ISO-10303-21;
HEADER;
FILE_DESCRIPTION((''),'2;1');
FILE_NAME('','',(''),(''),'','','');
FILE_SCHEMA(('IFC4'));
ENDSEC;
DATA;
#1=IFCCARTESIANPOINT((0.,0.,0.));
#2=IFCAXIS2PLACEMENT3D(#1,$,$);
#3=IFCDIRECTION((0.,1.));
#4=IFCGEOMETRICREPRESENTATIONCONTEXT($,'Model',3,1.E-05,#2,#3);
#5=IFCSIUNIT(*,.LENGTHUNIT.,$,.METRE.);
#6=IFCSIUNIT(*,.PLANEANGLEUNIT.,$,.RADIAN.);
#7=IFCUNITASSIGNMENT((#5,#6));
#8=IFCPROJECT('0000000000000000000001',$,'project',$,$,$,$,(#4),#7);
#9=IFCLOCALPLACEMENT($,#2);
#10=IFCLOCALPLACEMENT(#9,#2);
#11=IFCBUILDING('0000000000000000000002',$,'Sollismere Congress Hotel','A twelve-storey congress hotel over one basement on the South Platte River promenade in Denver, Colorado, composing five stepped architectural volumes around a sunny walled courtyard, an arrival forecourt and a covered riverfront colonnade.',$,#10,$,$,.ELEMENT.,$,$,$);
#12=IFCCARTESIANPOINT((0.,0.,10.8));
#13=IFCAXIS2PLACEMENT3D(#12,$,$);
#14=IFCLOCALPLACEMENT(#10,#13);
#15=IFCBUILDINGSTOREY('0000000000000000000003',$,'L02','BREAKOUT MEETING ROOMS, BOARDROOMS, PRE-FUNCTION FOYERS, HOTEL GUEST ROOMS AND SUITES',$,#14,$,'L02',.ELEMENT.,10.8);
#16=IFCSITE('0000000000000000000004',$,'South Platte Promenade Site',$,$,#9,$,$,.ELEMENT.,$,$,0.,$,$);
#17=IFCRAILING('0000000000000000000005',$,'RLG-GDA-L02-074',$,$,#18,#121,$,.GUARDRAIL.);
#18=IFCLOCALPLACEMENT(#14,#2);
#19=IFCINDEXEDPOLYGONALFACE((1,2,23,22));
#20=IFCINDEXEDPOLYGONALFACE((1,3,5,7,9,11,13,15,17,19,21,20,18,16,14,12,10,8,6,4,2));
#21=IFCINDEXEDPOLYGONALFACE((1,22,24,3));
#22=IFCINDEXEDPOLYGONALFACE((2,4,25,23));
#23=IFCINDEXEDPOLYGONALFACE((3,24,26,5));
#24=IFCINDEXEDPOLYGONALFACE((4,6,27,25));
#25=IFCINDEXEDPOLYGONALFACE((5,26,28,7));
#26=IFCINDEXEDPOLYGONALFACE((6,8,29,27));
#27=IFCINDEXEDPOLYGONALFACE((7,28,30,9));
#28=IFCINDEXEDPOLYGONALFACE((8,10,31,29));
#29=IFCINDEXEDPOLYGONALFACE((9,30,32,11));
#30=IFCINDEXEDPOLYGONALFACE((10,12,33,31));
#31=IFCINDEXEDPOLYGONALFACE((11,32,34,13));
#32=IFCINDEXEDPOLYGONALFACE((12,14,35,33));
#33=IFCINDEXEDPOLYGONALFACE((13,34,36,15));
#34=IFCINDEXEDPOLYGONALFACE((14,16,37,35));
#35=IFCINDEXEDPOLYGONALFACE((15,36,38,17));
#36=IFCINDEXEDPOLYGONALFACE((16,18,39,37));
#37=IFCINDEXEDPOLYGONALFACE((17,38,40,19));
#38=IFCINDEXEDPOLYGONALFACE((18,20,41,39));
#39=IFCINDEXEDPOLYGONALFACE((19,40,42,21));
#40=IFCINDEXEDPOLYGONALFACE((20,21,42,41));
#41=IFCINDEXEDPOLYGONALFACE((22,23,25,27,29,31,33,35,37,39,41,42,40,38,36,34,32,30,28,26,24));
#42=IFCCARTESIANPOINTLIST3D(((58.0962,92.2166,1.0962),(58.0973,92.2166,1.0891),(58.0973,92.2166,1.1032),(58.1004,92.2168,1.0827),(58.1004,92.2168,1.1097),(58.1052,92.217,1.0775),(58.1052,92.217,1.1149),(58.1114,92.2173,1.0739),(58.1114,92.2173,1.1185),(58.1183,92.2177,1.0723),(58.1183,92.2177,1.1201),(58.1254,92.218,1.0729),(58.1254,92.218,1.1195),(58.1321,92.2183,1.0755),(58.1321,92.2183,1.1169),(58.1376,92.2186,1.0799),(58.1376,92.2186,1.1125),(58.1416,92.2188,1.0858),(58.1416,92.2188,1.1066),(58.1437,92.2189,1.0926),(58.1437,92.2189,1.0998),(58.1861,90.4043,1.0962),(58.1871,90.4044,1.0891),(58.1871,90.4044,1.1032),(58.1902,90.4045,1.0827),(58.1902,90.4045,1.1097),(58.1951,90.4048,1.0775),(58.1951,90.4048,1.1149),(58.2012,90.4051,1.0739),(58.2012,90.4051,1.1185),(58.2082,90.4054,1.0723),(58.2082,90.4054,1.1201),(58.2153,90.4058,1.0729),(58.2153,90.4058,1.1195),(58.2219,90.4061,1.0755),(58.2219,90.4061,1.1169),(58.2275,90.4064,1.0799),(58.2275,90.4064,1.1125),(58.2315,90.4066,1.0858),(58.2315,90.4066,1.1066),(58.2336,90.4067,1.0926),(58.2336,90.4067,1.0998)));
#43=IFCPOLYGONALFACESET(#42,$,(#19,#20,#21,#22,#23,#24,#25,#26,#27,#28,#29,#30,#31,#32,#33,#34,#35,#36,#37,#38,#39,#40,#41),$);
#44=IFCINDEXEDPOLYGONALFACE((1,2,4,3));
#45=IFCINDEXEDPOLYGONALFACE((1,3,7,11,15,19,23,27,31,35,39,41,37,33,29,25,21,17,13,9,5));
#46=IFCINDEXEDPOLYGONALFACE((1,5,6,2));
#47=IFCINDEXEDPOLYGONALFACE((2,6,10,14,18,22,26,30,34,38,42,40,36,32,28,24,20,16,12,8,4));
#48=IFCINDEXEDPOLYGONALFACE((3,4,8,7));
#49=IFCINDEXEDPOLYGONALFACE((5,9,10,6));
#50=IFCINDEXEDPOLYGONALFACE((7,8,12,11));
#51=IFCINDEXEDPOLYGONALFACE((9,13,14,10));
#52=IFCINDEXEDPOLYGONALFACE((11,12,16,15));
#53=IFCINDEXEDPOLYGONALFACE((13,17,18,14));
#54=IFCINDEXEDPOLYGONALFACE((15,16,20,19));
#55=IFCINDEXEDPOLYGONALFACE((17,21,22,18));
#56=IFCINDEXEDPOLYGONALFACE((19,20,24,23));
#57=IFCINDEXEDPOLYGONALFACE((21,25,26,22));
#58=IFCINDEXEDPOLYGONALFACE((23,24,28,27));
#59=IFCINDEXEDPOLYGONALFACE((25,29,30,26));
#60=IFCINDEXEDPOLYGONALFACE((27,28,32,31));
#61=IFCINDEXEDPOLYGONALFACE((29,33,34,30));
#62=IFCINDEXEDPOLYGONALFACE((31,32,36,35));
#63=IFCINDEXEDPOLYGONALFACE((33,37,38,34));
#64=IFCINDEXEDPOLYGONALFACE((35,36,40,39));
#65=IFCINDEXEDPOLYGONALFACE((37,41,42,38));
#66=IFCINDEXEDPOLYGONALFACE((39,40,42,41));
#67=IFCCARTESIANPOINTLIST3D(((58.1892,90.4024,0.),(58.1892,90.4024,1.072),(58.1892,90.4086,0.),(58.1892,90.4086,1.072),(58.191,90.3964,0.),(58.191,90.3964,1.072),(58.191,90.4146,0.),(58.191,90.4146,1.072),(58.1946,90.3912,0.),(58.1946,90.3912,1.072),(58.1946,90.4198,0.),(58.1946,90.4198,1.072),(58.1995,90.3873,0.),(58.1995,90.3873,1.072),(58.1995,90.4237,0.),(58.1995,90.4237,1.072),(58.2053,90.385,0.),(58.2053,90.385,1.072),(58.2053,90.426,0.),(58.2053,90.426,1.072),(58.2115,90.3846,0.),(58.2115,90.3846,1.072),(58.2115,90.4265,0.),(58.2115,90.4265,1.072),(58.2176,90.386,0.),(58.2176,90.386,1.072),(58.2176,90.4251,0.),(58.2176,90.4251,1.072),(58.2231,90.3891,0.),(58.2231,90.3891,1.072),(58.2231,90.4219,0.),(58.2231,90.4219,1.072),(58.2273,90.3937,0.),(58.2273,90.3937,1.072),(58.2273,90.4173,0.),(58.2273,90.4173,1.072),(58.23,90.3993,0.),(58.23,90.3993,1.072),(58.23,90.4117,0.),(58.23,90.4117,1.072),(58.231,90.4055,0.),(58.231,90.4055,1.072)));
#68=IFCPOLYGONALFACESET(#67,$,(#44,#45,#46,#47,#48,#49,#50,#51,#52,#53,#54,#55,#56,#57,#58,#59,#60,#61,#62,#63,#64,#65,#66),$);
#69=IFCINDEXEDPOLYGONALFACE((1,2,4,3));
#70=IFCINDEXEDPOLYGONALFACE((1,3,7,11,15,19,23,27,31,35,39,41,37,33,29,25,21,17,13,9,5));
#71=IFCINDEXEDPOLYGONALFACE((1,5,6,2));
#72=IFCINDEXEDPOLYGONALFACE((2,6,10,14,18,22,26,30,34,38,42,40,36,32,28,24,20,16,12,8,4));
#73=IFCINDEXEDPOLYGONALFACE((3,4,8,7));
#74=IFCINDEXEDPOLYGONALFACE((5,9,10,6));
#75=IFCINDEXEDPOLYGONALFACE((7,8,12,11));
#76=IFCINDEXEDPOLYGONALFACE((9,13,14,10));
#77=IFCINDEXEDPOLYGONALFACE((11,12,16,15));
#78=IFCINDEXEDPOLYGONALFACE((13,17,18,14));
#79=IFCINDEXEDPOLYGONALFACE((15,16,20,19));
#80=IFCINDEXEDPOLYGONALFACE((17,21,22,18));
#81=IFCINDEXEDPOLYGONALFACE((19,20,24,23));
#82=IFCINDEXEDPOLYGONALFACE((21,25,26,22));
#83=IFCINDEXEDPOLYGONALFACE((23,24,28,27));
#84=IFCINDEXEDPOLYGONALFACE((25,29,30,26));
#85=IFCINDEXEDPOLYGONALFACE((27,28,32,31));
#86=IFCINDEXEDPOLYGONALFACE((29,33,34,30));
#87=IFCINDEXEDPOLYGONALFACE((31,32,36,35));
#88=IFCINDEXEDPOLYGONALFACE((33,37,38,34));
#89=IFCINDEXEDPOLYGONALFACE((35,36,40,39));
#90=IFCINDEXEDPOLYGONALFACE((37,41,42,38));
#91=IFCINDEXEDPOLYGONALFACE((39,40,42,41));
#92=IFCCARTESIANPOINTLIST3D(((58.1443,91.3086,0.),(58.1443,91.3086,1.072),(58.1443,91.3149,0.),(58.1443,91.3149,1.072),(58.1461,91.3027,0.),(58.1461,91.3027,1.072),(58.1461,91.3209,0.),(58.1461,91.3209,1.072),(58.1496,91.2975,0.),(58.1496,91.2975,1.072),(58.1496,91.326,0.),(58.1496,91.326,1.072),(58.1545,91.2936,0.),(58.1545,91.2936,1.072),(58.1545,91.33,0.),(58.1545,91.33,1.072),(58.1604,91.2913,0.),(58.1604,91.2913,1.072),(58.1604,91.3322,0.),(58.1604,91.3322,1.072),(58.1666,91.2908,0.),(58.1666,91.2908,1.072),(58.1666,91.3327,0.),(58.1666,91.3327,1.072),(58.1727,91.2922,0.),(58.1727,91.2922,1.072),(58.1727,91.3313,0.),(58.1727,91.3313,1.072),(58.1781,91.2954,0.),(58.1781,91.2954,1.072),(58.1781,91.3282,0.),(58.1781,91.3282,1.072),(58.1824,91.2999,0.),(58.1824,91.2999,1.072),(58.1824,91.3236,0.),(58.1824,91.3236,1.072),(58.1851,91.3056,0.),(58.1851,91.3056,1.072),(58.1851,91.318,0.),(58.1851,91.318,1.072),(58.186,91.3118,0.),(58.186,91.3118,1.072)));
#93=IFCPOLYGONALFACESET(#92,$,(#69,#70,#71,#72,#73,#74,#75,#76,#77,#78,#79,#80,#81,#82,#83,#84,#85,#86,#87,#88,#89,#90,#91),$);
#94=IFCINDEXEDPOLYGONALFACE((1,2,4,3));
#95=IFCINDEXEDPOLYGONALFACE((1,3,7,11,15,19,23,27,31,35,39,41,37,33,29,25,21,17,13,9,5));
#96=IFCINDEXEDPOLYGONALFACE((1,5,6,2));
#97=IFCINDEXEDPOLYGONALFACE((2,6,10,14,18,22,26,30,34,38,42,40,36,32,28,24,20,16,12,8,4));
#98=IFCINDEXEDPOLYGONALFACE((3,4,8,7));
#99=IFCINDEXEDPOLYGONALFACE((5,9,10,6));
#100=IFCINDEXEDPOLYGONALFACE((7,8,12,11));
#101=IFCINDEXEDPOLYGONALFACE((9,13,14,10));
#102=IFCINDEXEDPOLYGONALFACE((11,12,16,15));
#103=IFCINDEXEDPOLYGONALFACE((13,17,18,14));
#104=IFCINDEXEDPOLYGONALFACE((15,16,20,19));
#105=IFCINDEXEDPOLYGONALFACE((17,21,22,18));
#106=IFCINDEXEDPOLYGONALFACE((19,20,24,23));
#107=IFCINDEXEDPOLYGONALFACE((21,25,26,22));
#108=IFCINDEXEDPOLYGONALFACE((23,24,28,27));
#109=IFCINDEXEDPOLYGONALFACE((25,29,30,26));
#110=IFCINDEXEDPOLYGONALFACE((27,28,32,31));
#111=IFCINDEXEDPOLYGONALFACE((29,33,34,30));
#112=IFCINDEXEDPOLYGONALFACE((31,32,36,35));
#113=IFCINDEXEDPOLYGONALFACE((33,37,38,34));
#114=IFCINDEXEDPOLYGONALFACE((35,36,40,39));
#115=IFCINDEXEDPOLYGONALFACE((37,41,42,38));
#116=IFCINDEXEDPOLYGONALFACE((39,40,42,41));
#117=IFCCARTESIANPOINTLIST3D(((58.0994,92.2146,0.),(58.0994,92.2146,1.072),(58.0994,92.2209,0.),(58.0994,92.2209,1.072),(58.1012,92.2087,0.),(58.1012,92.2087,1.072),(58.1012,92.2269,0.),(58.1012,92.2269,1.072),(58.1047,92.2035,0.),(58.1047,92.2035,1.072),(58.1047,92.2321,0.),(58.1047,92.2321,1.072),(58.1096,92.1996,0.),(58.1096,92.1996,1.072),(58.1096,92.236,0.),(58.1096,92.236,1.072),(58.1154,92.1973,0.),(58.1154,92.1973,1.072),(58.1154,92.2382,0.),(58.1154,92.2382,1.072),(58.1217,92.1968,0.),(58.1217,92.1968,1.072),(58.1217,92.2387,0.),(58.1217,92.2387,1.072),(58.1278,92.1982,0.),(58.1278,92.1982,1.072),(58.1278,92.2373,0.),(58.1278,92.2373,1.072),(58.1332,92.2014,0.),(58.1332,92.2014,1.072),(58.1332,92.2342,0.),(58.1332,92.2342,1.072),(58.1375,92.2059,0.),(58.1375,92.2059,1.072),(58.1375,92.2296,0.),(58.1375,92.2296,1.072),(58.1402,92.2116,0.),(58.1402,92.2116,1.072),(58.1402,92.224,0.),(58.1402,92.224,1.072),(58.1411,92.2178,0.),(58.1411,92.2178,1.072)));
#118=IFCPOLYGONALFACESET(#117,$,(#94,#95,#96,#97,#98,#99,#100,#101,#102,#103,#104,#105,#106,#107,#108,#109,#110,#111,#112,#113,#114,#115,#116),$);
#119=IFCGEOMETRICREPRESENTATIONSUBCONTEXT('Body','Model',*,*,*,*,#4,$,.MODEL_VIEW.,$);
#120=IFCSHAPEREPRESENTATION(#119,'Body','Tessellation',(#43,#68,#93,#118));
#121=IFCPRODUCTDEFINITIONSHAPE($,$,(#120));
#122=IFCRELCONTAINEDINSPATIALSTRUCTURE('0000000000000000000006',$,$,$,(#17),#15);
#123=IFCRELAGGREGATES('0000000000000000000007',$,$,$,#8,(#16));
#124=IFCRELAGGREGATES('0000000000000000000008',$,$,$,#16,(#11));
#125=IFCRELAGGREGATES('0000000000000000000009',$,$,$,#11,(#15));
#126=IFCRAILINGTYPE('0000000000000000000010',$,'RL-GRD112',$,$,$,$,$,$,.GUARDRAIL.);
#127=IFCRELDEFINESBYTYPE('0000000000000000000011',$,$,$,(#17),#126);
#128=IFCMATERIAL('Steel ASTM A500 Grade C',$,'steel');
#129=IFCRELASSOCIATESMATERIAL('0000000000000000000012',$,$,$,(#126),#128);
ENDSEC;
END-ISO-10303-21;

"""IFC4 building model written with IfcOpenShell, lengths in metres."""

from ifc_helpers import new_model, si_unit, direction, frame, origin, origin_2d, place, context, subcontext, project, spatial, circle, extrude, material, type_object, element, save


model = new_model("IFC4")

# Units and contexts
model_context = context("Model", 3, precision=1e-05, world=origin(), true_north=direction((0.0, 1.0)))
body_context = subcontext(model_context, "Body", "Model", "MODEL_VIEW")
ifc_project = project(units=[si_unit("LENGTHUNIT", "METRE"), si_unit("PLANEANGLEUNIT", "RADIAN")], contexts=[model_context])

# Site, building, storey
site_placement = place(None, origin())
site = spatial("IfcSite", under=ifc_project, at=site_placement, Name="South Platte Promenade Site", CompositionType="ELEMENT", RefElevation=0.0)
building_placement = place(site_placement, origin())
building = spatial("IfcBuilding", under=site, at=building_placement, Name="Sollismere Congress Hotel", Description="A twelve-storey congress hotel over one basement on the South Platte River promenade in Denver, Colorado, composing five stepped architectural volumes around a sunny walled courtyard, an arrival forecourt and a covered riverfront colonnade.", CompositionType="ELEMENT")
storey_placement = place(building_placement, frame((0.0, 0.0, 10.8)))
storey = spatial("IfcBuildingStorey", under=building, at=storey_placement, Name="L02", Description="BREAKOUT MEETING ROOMS, BOARDROOMS, PRE-FUNCTION FOYERS, HOTEL GUEST ROOMS AND SUITES", LongName="L02", CompositionType="ELEMENT", Elevation=10.8)

# Shared definitions
ifc_material_1 = material(Name="Steel ASTM A500 Grade C", Category="steel")

# Railing
railing_type = type_object("IfcRailingType", Name="RL-GRD112", PredefinedType="GUARDRAIL", material=ifc_material_1)
railing_1_placement = place(storey_placement, frame((58.21, 90.4055, 0.0)))
element("IfcRailing", 1, at=railing_1_placement, inside=storey, type_object=railing_type, Name="RLG-GDA-L02-074", PredefinedType="GUARDRAIL", context=body_context, shape_type="SweptSolid", body=[
    extrude(circle(Radius=0.0239, at=origin_2d()), frame((0.0, 0.0, 1.0962), z_axis=(-0.049515, 0.998773, 0.0), x_axis=(-0.998773, -0.049515, 0.0)), (0.0, 0.0, 1.0), 1.8145),
    extrude(circle(Radius=0.021, at=origin_2d()), origin(), (0.0, 0.0, 1.0), 1.072),
    extrude(circle(Radius=0.021, at=origin_2d()), frame((-0.0449, 0.9062, 0.0)), (0.0, 0.0, 1.0), 1.072),
    extrude(circle(Radius=0.021, at=origin_2d()), frame((-0.0898, 1.8123, 0.0)), (0.0, 0.0, 1.0), 1.072),
])

save(model, "model.ifc")
